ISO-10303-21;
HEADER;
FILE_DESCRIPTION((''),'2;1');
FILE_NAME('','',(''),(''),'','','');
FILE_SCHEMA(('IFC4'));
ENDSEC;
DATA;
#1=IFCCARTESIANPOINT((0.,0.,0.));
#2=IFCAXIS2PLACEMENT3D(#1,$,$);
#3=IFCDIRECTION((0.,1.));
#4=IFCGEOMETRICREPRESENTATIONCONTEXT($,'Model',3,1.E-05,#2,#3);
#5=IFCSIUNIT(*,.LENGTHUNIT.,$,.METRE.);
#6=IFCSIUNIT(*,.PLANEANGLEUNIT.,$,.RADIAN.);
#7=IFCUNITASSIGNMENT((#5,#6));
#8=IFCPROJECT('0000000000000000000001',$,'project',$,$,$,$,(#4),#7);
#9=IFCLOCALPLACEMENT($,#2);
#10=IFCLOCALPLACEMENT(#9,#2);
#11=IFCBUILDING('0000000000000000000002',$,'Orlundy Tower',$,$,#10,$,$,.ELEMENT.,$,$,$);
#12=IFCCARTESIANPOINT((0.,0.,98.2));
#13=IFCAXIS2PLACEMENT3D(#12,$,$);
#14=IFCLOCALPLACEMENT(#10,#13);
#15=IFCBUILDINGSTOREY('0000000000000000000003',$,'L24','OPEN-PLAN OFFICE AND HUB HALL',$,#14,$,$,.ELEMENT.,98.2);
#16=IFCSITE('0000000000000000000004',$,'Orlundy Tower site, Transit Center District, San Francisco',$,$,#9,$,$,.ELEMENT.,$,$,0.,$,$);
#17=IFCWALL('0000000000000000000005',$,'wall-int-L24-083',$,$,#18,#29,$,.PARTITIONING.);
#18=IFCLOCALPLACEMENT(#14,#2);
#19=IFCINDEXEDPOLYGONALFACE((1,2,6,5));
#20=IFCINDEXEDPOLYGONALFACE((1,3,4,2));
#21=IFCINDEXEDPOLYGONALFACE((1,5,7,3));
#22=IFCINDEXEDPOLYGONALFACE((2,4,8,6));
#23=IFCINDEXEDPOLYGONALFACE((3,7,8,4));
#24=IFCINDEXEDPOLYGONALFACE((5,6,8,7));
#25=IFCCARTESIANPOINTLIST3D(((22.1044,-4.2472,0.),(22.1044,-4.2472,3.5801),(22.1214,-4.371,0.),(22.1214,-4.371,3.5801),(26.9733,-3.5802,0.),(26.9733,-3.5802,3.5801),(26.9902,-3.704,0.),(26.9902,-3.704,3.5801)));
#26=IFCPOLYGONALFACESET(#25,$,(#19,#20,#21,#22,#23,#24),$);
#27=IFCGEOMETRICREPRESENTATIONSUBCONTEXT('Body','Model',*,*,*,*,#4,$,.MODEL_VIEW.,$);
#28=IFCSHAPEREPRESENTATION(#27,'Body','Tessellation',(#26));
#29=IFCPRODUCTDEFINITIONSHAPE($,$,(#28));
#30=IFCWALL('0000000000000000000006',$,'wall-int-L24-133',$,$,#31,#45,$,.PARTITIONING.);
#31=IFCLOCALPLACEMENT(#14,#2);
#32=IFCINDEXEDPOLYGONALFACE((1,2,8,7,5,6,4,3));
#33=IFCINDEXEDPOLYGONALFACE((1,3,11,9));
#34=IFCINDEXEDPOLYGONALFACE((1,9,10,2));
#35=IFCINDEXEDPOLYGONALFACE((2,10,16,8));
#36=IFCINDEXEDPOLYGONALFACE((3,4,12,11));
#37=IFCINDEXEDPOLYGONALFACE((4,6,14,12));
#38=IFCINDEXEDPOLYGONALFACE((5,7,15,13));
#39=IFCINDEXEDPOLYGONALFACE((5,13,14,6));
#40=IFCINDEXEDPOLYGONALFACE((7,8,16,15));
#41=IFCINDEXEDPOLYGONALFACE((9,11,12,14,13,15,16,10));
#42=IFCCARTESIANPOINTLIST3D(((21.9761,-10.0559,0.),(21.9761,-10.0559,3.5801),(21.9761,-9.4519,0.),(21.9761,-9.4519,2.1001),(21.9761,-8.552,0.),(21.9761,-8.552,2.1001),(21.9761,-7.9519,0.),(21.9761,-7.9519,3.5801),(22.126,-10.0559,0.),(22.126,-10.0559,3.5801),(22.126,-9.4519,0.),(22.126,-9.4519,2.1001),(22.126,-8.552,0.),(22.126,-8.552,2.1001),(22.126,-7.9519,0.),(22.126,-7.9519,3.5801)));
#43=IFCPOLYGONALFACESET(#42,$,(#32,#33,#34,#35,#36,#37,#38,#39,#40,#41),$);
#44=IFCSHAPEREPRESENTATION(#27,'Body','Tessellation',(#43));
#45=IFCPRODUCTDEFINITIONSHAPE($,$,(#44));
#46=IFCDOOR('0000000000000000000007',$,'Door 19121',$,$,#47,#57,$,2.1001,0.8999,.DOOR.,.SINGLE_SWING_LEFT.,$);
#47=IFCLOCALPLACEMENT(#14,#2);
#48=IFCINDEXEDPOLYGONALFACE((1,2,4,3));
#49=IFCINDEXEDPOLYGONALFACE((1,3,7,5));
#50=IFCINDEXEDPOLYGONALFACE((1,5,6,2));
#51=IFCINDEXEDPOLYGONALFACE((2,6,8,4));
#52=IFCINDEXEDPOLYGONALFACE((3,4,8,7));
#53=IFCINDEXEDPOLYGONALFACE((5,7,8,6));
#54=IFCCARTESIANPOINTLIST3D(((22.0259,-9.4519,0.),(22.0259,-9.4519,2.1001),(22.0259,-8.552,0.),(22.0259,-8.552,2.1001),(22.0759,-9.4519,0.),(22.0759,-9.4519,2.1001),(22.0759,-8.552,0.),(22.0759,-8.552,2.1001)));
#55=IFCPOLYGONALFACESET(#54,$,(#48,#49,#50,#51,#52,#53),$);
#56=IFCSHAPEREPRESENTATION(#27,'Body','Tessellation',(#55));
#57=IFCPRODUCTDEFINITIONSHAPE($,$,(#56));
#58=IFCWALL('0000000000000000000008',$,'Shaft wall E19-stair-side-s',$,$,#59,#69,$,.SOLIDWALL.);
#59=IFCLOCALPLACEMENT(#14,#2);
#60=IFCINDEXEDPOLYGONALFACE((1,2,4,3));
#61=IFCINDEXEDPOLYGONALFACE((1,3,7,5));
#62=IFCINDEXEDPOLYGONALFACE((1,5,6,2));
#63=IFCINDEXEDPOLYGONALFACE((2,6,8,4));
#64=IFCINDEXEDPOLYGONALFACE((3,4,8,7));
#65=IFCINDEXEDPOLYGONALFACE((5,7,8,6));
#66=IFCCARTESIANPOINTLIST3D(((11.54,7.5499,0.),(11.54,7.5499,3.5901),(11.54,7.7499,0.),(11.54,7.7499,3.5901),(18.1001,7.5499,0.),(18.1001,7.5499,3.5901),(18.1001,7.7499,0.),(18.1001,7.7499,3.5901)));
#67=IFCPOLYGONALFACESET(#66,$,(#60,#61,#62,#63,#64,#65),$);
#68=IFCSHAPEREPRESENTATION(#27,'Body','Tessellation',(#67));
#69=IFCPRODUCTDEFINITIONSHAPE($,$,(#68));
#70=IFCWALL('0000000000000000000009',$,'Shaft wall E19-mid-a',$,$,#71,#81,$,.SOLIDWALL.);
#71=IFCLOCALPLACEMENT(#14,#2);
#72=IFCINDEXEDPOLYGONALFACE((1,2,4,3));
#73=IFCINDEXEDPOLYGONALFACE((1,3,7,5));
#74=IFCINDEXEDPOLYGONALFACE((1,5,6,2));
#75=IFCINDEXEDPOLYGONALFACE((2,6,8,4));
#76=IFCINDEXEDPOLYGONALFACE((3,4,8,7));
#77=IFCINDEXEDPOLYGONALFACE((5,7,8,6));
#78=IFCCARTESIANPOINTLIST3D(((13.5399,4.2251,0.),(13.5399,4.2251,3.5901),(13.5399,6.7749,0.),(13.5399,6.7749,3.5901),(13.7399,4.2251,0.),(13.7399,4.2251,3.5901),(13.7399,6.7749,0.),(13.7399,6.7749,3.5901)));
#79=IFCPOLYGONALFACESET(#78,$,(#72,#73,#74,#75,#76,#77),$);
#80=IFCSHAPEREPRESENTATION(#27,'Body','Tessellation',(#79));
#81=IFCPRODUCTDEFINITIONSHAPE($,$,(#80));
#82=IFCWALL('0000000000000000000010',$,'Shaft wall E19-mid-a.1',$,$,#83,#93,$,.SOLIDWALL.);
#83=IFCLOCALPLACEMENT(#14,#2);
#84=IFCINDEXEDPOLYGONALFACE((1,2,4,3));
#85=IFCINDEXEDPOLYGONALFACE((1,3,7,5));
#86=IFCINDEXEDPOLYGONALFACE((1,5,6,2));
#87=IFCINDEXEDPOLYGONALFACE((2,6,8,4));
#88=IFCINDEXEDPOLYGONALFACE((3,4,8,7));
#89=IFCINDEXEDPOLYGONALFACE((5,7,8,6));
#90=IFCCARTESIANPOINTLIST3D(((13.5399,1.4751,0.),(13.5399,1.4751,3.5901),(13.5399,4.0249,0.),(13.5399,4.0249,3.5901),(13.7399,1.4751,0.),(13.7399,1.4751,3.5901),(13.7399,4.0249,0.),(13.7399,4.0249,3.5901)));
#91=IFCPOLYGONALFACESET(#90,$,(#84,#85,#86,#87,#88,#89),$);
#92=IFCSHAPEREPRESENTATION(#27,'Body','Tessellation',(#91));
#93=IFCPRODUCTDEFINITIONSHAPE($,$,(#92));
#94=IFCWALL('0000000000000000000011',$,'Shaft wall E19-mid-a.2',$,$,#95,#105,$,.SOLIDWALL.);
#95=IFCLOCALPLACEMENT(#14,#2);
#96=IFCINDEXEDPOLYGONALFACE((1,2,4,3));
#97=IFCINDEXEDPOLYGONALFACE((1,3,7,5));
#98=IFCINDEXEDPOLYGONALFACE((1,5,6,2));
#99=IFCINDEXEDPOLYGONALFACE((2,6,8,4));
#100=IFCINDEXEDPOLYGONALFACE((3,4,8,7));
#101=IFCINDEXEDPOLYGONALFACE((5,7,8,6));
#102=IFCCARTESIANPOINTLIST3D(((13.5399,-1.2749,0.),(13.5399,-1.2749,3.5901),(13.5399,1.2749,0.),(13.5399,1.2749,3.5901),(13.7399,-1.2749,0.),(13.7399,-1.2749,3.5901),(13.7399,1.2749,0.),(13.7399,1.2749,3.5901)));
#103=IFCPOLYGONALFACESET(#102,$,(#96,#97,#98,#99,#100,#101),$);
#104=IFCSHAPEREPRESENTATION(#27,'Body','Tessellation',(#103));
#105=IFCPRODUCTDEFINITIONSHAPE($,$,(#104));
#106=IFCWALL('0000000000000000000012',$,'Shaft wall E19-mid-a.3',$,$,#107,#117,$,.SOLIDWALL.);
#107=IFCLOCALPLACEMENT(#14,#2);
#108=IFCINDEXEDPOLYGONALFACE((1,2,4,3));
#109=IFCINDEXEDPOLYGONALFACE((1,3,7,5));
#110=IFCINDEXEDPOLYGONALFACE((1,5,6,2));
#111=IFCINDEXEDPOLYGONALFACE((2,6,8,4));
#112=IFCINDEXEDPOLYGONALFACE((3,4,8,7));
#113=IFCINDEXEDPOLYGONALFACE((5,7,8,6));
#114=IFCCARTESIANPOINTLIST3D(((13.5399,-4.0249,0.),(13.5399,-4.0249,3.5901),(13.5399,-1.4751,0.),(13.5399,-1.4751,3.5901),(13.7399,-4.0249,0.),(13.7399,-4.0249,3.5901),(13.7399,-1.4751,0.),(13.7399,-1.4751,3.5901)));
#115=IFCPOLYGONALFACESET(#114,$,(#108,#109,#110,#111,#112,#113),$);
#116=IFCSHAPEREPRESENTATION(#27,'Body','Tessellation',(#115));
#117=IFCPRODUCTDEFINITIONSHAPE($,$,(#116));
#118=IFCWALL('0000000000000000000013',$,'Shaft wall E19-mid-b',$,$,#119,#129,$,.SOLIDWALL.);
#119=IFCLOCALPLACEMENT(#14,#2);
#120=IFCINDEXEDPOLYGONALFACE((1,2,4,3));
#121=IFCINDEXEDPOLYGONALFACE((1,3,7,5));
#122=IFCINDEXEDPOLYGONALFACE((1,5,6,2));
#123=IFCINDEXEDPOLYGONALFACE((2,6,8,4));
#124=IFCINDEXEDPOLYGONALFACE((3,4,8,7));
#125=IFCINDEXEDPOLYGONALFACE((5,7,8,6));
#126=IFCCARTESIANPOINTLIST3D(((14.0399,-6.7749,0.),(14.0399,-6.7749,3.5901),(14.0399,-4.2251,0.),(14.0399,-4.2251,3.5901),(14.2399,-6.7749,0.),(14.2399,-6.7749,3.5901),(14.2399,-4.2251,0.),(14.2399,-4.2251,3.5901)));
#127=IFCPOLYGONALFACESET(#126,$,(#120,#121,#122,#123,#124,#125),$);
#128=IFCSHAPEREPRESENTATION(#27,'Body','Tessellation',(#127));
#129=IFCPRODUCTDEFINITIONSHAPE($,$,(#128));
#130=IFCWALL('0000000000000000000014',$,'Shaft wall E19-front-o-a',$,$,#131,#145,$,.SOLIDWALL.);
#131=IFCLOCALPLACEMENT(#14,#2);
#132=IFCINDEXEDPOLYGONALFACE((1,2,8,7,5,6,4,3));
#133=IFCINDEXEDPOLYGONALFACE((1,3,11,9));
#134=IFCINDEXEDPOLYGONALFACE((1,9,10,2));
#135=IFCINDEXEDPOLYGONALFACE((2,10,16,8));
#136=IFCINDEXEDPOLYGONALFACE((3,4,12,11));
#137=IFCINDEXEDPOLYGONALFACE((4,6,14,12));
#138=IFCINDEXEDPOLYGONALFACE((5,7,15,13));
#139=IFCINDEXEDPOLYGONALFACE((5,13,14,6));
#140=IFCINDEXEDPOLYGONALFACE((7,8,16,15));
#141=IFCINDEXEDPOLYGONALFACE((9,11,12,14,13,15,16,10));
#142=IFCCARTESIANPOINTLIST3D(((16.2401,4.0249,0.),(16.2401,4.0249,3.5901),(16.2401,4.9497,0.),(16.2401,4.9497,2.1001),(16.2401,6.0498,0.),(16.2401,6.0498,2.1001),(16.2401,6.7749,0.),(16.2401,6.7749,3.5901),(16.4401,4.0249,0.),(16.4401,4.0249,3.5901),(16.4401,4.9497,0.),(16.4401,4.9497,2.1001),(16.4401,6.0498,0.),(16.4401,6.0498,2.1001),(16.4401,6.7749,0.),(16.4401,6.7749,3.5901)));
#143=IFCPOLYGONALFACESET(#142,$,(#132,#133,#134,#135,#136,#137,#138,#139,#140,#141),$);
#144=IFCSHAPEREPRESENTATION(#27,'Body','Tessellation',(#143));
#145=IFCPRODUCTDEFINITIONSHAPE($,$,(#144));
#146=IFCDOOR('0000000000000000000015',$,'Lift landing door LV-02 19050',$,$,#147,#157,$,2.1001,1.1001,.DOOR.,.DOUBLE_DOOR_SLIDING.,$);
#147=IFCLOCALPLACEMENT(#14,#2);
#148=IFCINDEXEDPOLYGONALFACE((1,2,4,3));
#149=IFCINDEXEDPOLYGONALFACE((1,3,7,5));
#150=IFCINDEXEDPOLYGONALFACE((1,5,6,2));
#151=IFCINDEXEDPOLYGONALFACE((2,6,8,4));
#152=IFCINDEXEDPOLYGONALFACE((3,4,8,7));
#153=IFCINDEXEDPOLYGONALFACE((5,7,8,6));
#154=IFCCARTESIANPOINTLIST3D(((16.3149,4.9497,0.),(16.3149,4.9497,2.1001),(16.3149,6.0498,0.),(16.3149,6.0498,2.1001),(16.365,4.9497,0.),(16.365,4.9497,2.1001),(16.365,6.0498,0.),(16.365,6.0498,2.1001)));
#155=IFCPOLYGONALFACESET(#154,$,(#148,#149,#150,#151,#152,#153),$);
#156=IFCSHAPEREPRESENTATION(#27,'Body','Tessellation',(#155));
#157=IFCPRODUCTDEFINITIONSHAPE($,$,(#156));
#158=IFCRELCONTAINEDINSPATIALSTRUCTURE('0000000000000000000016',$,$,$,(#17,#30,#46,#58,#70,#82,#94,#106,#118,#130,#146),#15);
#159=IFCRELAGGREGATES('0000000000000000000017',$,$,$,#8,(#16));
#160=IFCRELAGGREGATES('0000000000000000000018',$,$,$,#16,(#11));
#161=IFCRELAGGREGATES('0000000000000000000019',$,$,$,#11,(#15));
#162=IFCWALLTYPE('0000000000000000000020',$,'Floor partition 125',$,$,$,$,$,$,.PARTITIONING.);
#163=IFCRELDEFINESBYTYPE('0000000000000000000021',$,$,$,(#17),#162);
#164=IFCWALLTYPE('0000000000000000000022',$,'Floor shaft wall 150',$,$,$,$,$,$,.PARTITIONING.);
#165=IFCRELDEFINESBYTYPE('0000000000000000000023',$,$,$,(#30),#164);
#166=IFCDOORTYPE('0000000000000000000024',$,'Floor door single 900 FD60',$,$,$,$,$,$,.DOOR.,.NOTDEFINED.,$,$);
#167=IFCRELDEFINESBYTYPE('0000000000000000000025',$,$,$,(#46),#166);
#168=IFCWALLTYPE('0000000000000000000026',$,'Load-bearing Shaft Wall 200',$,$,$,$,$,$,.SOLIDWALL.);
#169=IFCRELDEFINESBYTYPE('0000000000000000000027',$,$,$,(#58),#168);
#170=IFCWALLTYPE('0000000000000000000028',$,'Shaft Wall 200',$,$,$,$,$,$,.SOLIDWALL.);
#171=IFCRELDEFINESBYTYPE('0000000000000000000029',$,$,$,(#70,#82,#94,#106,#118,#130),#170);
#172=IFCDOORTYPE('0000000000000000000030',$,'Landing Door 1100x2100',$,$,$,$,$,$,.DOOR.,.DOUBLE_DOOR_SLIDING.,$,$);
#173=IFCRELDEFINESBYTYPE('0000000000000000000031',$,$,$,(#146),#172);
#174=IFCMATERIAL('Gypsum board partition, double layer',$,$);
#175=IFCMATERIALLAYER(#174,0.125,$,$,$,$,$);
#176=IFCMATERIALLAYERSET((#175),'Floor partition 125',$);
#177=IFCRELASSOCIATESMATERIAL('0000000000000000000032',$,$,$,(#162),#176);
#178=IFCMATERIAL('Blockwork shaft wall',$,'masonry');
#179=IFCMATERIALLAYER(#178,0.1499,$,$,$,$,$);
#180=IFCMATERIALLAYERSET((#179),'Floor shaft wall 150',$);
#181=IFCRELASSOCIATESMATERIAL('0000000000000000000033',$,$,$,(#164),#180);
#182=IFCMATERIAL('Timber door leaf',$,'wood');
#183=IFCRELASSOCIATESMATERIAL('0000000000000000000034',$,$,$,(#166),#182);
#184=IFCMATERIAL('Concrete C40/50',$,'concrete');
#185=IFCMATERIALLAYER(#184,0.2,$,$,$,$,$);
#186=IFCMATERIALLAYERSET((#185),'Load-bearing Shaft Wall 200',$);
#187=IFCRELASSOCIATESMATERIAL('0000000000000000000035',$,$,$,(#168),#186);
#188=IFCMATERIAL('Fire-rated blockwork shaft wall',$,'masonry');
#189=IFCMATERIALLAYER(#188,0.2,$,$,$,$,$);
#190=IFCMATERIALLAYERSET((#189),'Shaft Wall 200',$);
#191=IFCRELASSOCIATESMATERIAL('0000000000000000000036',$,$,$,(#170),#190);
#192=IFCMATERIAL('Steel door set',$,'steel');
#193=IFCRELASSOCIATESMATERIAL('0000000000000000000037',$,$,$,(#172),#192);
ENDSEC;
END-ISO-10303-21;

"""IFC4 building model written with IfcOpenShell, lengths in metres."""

from ifc_helpers import new_model, si_unit, direction, frame, frame_2d, origin, place, context, subcontext, project, spatial, rectangle, extrude, material, layer, layer_set, type_object, element, fill, save


model = new_model("IFC4")

# Units and contexts
model_context = context("Model", 3, precision=1e-05, world=origin(), true_north=direction((0.0, 1.0)))
body_context = subcontext(model_context, "Body", "Model", "MODEL_VIEW")
ifc_project = project(units=[si_unit("LENGTHUNIT", "METRE"), si_unit("PLANEANGLEUNIT", "RADIAN")], contexts=[model_context])

# Site, building, storey
site_placement = place(None, origin())
site = spatial("IfcSite", under=ifc_project, at=site_placement, Name="Orlundy Tower site, Transit Center District, San Francisco", CompositionType="ELEMENT", RefElevation=0.0)
building_placement = place(site_placement, origin())
building = spatial("IfcBuilding", under=site, at=building_placement, Name="Orlundy Tower", CompositionType="ELEMENT")
storey_placement = place(building_placement, frame((0.0, 0.0, 98.2)))
storey = spatial("IfcBuildingStorey", under=building, at=storey_placement, Name="L24", Description="OPEN-PLAN OFFICE AND HUB HALL", CompositionType="ELEMENT", Elevation=98.2)

# Wall
ifc_material_1 = material(Name="Gypsum board partition, double layer")
ifc_layer_1 = layer(ifc_material_1, 0.125)
ifc_layer_set_1 = layer_set([ifc_layer_1], Name="Floor partition 125")
wall_type_1 = type_object("IfcWallType", Name="Floor partition 125", PredefinedType="PARTITIONING", material=ifc_layer_set_1)
wall_1_placement = place(storey_placement, frame((22.113, -4.3091, 0.0), z_axis=(0.0, 0.0, 1.0), x_axis=(0.990747, 0.135723, 0.0)))
element("IfcWall", 1, at=wall_1_placement, inside=storey, type_object=wall_type_1, Name="wall-int-L24-083", PredefinedType="PARTITIONING", context=body_context, shape_type="SweptSolid", body=[
    extrude(rectangle(XDim=4.9143, YDim=0.125, at=frame_2d((2.457, 0.0))), origin(), (0.0, 0.0, 1.0), 3.5801),
])

# Wall, opening, door
ifc_material_2 = material(Name="Blockwork shaft wall", Category="masonry")
ifc_layer_2 = layer(ifc_material_2, 0.1499)
ifc_layer_set_2 = layer_set([ifc_layer_2], Name="Floor shaft wall 150")
wall_type_2 = type_object("IfcWallType", Name="Floor shaft wall 150", PredefinedType="PARTITIONING", material=ifc_layer_set_2)
wall_2_placement = place(storey_placement, frame((22.051, -7.9519, 0.0), z_axis=(0.0, 0.0, 1.0), x_axis=(0.0, -1.0, 0.0)))
wall_2 = element("IfcWall", 2, at=wall_2_placement, inside=storey, type_object=wall_type_2, Name="wall-int-L24-133", PredefinedType="PARTITIONING", context=body_context, shape_type="SweptSolid", body=[
    extrude(rectangle(XDim=2.104, YDim=0.1499, at=frame_2d((1.052, 0.0))), origin(), (0.0, 0.0, 1.0), 3.5801),
])
opening_1_placement = place(wall_2_placement, frame((0.6001, 0.0, 0.0)))
opening_1 = element("IfcOpeningElement", 3, at=opening_1_placement, cuts=wall_2, PredefinedType="OPENING", context=body_context, shape_type="SweptSolid", body=[
    extrude(rectangle(XDim=0.8999, YDim=2.1001, at=frame_2d((0.45, 1.05))), frame((0.0, 0.085, 0.0), z_axis=(0.0, -1.0, 0.0), x_axis=(1.0, 0.0, 0.0)), (0.0, 0.0, 1.0), 0.1699),
])
ifc_material_3 = material(Name="Timber door leaf", Category="wood")
door_type_1 = type_object("IfcDoorType", Name="Floor door single 900 FD60", OperationType="NOTDEFINED", PredefinedType="DOOR", material=ifc_material_3)
door_1_placement = place(opening_1_placement, origin())
door_1 = element("IfcDoor", 4, at=door_1_placement, inside=storey, type_object=door_type_1, Name="Door 19121", OperationType="SINGLE_SWING_LEFT", OverallHeight=2.1001, OverallWidth=0.8999, PredefinedType="DOOR", context=body_context, shape_type="SweptSolid", body=[
    extrude(rectangle(XDim=0.8999, YDim=2.1001, at=frame_2d((0.45, 1.05))), frame((0.0, 0.0249, 0.0), z_axis=(0.0, -1.0, 0.0), x_axis=(1.0, 0.0, 0.0)), (0.0, 0.0, 1.0), 0.05),
])
fill(opening_1, door_1)

# Walls
ifc_material_4 = material(Name="Concrete C40/50", Category="concrete")
ifc_layer_3 = layer(ifc_material_4, 0.2)
ifc_layer_set_3 = layer_set([ifc_layer_3], Name="Load-bearing Shaft Wall 200")
wall_type_3 = type_object("IfcWallType", Name="Load-bearing Shaft Wall 200", PredefinedType="SOLIDWALL", material=ifc_layer_set_3)
wall_3_placement = place(storey_placement, frame((11.54, 7.6499, 0.0), z_axis=(0.0, 0.0, 1.0), x_axis=(1.0, 0.0, 0.0)))
element("IfcWall", 5, at=wall_3_placement, inside=storey, type_object=wall_type_3, Name="Shaft wall E19-stair-side-s", PredefinedType="SOLIDWALL", context=body_context, shape_type="SweptSolid", body=[
    extrude(rectangle(XDim=6.5601, YDim=0.2, at=frame_2d((3.28, 0.0))), origin(), (0.0, 0.0, 1.0), 3.5901),
])
ifc_material_5 = material(Name="Fire-rated blockwork shaft wall", Category="masonry")
ifc_layer_4 = layer(ifc_material_5, 0.2)
ifc_layer_set_4 = layer_set([ifc_layer_4], Name="Shaft Wall 200")
wall_type_4 = type_object("IfcWallType", Name="Shaft Wall 200", PredefinedType="SOLIDWALL", material=ifc_layer_set_4)
for number, where, z_axis, x_axis, name in (
    (6, (13.6399, 6.7749, 0.0), (0.0, 0.0, 1.0), (0.0, -1.0, 0.0), "Shaft wall E19-mid-a"),
    (7, (13.6399, 4.0249, 0.0), (0.0, 0.0, 1.0), (0.0, -1.0, 0.0), "Shaft wall E19-mid-a.1"),
    (8, (13.6399, 1.2749, 0.0), (0.0, 0.0, 1.0), (0.0, -1.0, 0.0), "Shaft wall E19-mid-a.2"),
    (9, (13.6399, -1.4751, 0.0), (0.0, 0.0, 1.0), (0.0, -1.0, 0.0), "Shaft wall E19-mid-a.3"),
    (10, (14.1399, -4.2251, 0.0), (0.0, 0.0, 1.0), (0.0, -1.0, 0.0), "Shaft wall E19-mid-b"),
):
    element("IfcWall", number, at=place(storey_placement, frame(where, z_axis=z_axis, x_axis=x_axis)), inside=storey, type_object=wall_type_4, Name=name, PredefinedType="SOLIDWALL", context=body_context, shape_type="SweptSolid", body=[
        extrude(rectangle(XDim=2.5498, YDim=0.2, at=frame_2d((1.2749, 0.0))), origin(), (0.0, 0.0, 1.0), 3.5901),
    ])

# Wall, opening, door
wall_4_placement = place(storey_placement, frame((16.3401, 6.7749, 0.0), z_axis=(0.0, 0.0, 1.0), x_axis=(0.0, -1.0, 0.0)))
wall_4 = element("IfcWall", 11, at=wall_4_placement, inside=storey, type_object=wall_type_4, Name="Shaft wall E19-front-o-a", PredefinedType="SOLIDWALL", context=body_context, shape_type="SweptSolid", body=[
    extrude(rectangle(XDim=2.75, YDim=0.2, at=frame_2d((1.375, 0.0))), origin(), (0.0, 0.0, 1.0), 3.5901),
])
opening_2_placement = place(wall_4_placement, frame((0.7251, 0.0, 0.0)))
opening_2 = element("IfcOpeningElement", 12, at=opening_2_placement, cuts=wall_4, PredefinedType="OPENING", context=body_context, shape_type="SweptSolid", body=[
    extrude(rectangle(XDim=1.1001, YDim=2.1001, at=frame_2d((0.55, 1.05))), frame((0.0, 0.1101, 0.0), z_axis=(0.0, -1.0, 0.0), x_axis=(1.0, 0.0, 0.0)), (0.0, 0.0, 1.0), 0.2202),
])
ifc_material_6 = material(Name="Steel door set", Category="steel")
door_type_2 = type_object("IfcDoorType", Name="Landing Door 1100x2100", OperationType="DOUBLE_DOOR_SLIDING", PredefinedType="DOOR", material=ifc_material_6)
door_2_placement = place(opening_2_placement, origin())
door_2 = element("IfcDoor", 13, at=door_2_placement, inside=storey, type_object=door_type_2, Name="Lift landing door LV-02 19050", OperationType="DOUBLE_DOOR_SLIDING", OverallHeight=2.1001, OverallWidth=1.1001, PredefinedType="DOOR", context=body_context, shape_type="SweptSolid", body=[
    extrude(rectangle(XDim=1.1001, YDim=2.1001, at=frame_2d((0.55, 1.05))), frame((0.0, 0.0249, 0.0), z_axis=(0.0, -1.0, 0.0), x_axis=(1.0, 0.0, 0.0)), (0.0, 0.0, 1.0), 0.05),
])
fill(opening_2, door_2)

save(model, "model.ifc")
